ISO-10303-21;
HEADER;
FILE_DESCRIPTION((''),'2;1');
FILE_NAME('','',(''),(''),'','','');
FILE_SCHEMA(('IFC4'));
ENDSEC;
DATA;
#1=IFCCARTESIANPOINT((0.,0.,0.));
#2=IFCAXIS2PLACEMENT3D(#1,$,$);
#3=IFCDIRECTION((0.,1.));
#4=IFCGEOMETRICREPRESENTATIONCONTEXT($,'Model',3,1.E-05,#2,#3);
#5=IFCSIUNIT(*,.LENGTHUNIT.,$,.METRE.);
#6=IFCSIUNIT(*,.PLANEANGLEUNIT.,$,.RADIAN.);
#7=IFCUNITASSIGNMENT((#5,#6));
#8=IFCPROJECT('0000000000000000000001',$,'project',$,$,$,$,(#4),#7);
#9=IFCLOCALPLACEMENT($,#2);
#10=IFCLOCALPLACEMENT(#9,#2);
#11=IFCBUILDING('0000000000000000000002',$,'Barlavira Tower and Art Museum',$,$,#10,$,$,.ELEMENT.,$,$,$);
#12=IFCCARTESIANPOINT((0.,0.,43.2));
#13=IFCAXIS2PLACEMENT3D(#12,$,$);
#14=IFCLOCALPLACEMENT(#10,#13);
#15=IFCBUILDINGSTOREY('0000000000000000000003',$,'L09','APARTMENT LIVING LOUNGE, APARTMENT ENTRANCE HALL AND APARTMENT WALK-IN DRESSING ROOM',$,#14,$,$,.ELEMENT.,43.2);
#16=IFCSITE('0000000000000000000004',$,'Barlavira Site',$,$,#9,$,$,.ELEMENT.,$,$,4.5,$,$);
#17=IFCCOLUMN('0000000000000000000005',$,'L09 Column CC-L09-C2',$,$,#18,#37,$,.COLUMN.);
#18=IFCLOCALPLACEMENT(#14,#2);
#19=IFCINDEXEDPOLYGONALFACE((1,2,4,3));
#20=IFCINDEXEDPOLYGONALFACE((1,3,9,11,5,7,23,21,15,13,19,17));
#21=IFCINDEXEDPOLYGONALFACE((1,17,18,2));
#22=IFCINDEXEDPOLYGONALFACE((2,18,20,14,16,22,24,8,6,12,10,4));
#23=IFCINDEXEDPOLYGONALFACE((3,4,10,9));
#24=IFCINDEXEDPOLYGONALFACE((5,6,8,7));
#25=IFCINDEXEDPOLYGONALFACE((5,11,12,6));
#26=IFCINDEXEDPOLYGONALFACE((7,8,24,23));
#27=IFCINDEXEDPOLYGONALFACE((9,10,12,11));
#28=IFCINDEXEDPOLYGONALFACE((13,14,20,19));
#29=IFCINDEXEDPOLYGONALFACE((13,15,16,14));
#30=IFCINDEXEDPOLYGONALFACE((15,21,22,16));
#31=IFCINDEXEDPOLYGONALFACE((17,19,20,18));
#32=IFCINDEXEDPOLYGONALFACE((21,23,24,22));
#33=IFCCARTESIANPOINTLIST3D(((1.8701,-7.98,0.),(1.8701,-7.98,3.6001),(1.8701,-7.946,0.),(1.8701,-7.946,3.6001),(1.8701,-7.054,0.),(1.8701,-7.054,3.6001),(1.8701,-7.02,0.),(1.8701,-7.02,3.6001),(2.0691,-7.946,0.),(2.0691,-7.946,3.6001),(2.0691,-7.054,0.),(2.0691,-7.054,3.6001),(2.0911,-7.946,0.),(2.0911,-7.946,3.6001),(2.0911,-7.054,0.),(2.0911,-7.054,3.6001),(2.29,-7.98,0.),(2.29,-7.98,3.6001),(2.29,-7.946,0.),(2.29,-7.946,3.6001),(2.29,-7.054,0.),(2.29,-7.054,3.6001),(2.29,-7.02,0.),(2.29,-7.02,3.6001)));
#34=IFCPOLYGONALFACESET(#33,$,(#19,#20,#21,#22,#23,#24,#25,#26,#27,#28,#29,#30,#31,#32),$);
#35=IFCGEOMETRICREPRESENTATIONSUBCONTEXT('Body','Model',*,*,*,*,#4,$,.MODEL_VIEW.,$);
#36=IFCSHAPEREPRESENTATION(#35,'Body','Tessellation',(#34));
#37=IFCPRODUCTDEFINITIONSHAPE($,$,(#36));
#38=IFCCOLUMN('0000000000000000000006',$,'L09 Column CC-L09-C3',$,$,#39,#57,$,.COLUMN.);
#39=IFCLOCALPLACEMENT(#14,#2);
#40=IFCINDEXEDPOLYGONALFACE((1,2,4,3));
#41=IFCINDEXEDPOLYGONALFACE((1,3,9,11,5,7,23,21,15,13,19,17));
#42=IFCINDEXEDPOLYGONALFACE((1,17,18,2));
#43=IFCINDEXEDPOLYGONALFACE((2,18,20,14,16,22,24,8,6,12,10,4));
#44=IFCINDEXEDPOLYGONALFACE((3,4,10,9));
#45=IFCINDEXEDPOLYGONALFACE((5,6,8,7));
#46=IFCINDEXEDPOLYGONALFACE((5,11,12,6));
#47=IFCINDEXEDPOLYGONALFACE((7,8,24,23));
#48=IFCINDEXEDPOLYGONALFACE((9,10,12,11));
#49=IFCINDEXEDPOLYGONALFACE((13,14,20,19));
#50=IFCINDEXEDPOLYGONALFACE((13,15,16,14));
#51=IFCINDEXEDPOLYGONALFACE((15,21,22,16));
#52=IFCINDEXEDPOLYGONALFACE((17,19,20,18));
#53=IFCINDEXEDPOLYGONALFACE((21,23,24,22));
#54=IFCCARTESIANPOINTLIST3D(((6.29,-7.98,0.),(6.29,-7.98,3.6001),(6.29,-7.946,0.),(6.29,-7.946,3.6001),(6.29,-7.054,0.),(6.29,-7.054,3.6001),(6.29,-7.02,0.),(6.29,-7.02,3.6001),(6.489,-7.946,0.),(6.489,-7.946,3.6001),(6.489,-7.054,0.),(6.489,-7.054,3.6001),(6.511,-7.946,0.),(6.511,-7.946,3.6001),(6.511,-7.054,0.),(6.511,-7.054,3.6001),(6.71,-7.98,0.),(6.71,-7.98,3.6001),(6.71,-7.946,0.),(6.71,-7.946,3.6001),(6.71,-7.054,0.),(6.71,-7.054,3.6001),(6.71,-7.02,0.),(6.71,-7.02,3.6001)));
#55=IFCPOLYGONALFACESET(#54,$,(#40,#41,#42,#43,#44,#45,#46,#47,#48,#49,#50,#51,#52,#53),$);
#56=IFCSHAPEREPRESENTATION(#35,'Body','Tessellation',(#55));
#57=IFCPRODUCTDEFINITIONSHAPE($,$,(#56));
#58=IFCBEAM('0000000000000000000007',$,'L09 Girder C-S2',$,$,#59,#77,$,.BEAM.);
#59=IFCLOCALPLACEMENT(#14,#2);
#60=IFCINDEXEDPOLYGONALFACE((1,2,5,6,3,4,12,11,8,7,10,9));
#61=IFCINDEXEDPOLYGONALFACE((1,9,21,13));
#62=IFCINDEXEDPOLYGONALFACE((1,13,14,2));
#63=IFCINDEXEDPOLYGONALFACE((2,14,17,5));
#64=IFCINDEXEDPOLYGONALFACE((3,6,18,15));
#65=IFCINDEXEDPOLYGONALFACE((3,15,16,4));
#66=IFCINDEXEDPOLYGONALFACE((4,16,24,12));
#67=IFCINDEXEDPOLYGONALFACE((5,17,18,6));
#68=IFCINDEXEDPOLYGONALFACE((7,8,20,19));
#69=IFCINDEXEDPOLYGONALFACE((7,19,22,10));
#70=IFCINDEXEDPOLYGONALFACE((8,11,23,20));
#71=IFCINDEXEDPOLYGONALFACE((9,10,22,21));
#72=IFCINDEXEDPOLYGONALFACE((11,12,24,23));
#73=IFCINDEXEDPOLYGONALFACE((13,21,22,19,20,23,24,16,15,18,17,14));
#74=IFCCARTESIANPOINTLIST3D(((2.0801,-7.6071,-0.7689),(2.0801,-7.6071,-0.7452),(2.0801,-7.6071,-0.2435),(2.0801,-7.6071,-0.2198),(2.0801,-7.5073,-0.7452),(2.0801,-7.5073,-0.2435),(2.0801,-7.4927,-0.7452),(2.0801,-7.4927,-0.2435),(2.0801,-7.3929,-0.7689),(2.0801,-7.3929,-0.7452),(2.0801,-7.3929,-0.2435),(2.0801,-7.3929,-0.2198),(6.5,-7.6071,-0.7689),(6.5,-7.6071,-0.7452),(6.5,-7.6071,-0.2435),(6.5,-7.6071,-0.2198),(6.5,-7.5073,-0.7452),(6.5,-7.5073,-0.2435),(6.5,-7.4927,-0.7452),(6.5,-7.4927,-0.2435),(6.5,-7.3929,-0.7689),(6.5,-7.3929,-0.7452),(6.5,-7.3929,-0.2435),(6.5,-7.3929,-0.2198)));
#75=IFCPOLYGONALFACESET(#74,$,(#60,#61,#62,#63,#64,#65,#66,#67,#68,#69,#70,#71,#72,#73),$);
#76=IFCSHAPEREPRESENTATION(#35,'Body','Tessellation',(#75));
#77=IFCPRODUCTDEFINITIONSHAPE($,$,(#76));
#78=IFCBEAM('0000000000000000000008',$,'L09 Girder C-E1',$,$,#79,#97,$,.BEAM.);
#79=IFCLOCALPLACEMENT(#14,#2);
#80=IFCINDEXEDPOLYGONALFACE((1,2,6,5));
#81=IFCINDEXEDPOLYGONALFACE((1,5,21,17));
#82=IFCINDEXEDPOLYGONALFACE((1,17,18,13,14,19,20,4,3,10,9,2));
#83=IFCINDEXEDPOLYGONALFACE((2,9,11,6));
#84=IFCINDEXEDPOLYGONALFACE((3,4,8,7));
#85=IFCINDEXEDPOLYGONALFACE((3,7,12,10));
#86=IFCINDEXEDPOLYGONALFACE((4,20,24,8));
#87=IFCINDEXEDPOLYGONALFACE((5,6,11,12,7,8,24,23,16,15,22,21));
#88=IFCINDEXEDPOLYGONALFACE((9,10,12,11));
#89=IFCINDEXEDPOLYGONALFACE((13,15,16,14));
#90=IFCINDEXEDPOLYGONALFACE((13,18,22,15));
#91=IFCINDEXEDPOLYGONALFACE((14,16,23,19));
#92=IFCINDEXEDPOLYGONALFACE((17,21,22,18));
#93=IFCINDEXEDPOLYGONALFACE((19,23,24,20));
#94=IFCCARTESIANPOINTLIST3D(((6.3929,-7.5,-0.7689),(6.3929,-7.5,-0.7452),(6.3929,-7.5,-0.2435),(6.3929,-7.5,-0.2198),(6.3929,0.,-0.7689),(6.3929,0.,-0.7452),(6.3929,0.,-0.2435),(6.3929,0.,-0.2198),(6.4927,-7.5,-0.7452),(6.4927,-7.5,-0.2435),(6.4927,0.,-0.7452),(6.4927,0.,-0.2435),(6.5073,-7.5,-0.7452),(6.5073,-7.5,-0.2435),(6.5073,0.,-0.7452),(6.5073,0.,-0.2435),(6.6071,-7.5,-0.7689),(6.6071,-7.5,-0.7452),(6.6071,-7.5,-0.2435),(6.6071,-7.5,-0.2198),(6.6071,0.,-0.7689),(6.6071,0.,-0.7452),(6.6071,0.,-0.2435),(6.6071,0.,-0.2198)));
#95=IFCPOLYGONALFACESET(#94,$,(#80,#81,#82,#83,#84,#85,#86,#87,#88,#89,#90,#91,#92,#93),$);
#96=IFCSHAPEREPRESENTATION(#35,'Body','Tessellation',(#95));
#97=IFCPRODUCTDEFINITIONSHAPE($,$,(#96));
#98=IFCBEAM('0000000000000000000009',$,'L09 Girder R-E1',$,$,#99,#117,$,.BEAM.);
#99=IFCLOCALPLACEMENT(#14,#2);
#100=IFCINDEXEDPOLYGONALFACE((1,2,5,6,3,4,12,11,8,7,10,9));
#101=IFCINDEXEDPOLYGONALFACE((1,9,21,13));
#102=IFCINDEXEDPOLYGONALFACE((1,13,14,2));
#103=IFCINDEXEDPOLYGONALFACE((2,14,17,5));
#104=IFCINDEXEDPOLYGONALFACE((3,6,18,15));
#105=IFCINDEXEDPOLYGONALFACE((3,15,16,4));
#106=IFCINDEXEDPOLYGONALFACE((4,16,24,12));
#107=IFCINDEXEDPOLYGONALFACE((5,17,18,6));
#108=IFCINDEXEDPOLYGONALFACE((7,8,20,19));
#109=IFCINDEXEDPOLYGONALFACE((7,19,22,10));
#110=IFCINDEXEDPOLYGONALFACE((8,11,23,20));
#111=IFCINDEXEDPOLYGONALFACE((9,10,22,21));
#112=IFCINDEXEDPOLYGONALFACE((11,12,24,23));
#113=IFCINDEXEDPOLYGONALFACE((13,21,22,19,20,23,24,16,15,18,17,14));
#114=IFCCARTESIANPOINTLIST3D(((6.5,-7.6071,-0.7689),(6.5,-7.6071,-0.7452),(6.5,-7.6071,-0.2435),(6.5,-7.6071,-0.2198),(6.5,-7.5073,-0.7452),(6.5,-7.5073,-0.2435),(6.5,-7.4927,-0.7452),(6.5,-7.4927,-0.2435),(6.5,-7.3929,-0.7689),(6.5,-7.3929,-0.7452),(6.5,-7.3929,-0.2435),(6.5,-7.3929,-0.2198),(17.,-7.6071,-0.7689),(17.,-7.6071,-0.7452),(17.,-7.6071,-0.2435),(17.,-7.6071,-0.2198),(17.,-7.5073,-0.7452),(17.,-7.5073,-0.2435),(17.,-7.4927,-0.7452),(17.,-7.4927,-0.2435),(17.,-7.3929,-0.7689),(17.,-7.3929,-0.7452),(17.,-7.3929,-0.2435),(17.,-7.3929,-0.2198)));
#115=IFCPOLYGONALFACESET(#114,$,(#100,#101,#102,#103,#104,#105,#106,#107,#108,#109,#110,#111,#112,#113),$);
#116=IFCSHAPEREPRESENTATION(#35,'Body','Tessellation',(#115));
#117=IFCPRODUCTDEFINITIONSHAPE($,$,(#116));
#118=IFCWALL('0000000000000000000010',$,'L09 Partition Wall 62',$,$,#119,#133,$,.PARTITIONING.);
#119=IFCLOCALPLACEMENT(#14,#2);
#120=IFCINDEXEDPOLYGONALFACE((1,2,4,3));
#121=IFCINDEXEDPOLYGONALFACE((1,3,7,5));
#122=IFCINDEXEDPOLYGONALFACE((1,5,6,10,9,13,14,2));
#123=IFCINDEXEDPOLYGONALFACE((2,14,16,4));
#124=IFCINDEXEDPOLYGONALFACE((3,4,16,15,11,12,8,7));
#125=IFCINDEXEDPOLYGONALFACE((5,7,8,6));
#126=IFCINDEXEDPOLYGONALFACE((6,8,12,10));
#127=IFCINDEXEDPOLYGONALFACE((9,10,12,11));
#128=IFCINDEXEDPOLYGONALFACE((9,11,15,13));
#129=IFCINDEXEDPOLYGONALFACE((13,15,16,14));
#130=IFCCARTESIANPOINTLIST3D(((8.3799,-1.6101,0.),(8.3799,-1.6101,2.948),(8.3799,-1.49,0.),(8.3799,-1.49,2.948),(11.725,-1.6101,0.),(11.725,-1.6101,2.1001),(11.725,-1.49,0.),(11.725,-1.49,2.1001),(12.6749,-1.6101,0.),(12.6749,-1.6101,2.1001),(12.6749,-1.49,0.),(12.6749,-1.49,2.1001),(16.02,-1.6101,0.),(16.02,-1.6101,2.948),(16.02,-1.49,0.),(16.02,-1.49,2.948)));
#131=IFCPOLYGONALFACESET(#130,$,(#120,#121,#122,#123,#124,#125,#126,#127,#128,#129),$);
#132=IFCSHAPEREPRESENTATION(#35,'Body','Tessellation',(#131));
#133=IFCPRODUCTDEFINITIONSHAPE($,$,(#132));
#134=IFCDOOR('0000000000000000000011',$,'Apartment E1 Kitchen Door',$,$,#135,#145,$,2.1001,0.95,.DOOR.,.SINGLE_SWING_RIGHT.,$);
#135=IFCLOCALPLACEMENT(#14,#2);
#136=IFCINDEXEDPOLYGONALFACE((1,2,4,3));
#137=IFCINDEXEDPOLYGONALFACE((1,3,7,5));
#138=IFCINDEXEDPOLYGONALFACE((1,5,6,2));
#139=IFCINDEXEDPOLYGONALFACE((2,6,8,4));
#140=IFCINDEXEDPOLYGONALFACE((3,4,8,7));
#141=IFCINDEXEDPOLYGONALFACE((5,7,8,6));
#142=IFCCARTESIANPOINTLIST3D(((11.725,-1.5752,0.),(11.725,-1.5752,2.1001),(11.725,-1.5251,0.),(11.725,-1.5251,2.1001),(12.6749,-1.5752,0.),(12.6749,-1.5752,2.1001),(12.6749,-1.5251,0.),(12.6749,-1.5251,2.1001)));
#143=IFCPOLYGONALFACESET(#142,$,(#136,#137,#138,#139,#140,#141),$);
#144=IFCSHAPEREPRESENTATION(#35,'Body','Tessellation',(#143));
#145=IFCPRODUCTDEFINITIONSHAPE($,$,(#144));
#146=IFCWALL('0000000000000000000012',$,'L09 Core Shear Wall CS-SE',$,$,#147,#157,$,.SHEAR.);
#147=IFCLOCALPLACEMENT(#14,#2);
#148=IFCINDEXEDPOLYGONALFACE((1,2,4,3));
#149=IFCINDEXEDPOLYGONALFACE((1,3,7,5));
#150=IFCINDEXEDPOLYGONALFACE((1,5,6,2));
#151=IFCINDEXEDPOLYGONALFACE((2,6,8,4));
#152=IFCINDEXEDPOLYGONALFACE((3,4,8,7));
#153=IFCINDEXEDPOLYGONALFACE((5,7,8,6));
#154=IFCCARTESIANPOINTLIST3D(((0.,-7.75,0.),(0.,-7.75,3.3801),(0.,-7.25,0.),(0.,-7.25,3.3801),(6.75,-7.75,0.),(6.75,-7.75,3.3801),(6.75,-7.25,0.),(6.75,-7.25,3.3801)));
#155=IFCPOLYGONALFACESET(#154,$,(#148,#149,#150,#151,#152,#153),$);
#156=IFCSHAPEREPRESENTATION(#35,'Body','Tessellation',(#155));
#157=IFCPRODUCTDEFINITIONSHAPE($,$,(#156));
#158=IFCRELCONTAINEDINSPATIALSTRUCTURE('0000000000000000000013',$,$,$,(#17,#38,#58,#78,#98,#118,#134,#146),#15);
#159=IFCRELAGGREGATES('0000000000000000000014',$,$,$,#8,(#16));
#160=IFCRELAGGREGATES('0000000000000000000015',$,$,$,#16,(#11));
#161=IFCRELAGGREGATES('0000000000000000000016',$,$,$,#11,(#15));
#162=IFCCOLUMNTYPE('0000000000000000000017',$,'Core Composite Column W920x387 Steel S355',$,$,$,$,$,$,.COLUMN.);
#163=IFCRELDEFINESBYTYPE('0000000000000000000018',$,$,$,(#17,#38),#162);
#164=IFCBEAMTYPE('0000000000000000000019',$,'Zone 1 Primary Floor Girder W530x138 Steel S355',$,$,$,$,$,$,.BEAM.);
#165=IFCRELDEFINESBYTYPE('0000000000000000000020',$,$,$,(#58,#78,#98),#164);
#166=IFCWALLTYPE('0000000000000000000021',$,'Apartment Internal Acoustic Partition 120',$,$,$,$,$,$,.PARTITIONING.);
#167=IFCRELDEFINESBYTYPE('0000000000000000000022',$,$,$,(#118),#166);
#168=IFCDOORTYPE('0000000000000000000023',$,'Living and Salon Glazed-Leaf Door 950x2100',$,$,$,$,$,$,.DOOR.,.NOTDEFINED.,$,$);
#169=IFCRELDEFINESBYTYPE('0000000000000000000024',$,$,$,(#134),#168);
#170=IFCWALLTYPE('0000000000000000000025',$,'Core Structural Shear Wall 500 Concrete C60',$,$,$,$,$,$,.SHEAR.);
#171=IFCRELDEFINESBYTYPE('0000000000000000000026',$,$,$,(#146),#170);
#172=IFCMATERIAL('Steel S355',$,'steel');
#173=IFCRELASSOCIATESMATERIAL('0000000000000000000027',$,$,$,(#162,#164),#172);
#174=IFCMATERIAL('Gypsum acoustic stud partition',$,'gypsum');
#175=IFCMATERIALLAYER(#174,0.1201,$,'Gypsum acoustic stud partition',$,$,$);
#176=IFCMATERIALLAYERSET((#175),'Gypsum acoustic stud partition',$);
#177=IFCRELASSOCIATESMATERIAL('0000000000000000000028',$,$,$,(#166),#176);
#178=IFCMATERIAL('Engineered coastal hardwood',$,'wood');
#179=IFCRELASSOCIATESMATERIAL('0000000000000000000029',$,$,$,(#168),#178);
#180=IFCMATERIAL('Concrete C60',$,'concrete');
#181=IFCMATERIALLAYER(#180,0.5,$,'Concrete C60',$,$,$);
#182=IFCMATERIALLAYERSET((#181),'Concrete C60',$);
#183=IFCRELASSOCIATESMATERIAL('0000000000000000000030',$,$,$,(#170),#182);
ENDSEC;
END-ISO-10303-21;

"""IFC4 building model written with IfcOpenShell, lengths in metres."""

from ifc_helpers import new_model, si_unit, direction, frame, frame_2d, origin, origin_2d, place, context, subcontext, project, spatial, rectangle, i_section, extrude, material, layer, layer_set, material_profile, profile_set, type_object, element, fill, save


model = new_model("IFC4")

# Units and contexts
model_context = context("Model", 3, precision=1e-05, world=origin(), true_north=direction((0.0, 1.0)))
body_context = subcontext(model_context, "Body", "Model", "MODEL_VIEW")
ifc_project = project(units=[si_unit("LENGTHUNIT", "METRE"), si_unit("PLANEANGLEUNIT", "RADIAN")], contexts=[model_context])

# Site, building, storey
site_placement = place(None, origin())
site = spatial("IfcSite", under=ifc_project, at=site_placement, Name="Barlavira Site", CompositionType="ELEMENT", RefElevation=4.5)
building_placement = place(site_placement, origin())
building = spatial("IfcBuilding", under=site, at=building_placement, Name="Barlavira Tower and Art Museum", CompositionType="ELEMENT")
storey_placement = place(building_placement, frame((0.0, 0.0, 43.2)))
storey = spatial("IfcBuildingStorey", under=building, at=storey_placement, Name="L09", Description="APARTMENT LIVING LOUNGE, APARTMENT ENTRANCE HALL AND APARTMENT WALK-IN DRESSING ROOM", CompositionType="ELEMENT", Elevation=43.2)

# Columns
ifc_material_1 = material(Name="Steel S355", Category="steel")
ifc_material_profile_1 = material_profile(ifc_material_1, i_section(OverallWidth=0.4199, OverallDepth=0.96, WebThickness=0.022, FlangeThickness=0.0339, at=origin_2d()), Name="W920x387.0")
ifc_profile_set_1 = profile_set([ifc_material_profile_1], Name="Steel S355")
column_type = type_object("IfcColumnType", Name="Core Composite Column W920x387 Steel S355", PredefinedType="COLUMN", material=ifc_profile_set_1)
for number, where, z_axis, x_axis, name in (
    (1, (2.0801, -7.5, 0.0), (0.0, 0.0, 1.0), (1.0, 0.0, 0.0), "L09 Column CC-L09-C2"),
    (2, (6.5, -7.5, 0.0), (0.0, 0.0, 1.0), (1.0, 0.0, 0.0), "L09 Column CC-L09-C3"),
):
    element("IfcColumn", number, at=place(storey_placement, frame(where, z_axis=z_axis, x_axis=x_axis)), inside=storey, type_object=column_type, Name=name, PredefinedType="COLUMN", context=body_context, shape_type="SweptSolid", body=[
        extrude(i_section(OverallWidth=0.4199, OverallDepth=0.96, WebThickness=0.022, FlangeThickness=0.0339, at=origin_2d()), origin(), (0.0, 0.0, 1.0), 3.6001),
    ])

# Beams
ifc_material_profile_2 = material_profile(ifc_material_1, i_section(OverallWidth=0.2141, OverallDepth=0.5491, WebThickness=0.0146, FlangeThickness=0.0237, at=origin_2d()), Name="W530x138.0")
ifc_profile_set_2 = profile_set([ifc_material_profile_2], Name="Steel S355")
beam_type = type_object("IfcBeamType", Name="Zone 1 Primary Floor Girder W530x138 Steel S355", PredefinedType="BEAM", material=ifc_profile_set_2)
beam_1_placement = place(storey_placement, frame((2.0801, -7.5, -0.4944), z_axis=(1.0, 0.0, 0.0), x_axis=(0.0, 1.0, 0.0)))
element("IfcBeam", 3, at=beam_1_placement, inside=storey, type_object=beam_type, Name="L09 Girder C-S2", PredefinedType="BEAM", context=body_context, shape_type="SweptSolid", body=[
    extrude(i_section(OverallWidth=0.2141, OverallDepth=0.5491, WebThickness=0.0146, FlangeThickness=0.0237, at=origin_2d()), origin(), (0.0, 0.0, 1.0), 4.4199),
])
beam_2_placement = place(storey_placement, frame((6.5, -7.5, -0.4944), z_axis=(0.0, 1.0, 0.0), x_axis=(-1.0, 0.0, 0.0)))
element("IfcBeam", 4, at=beam_2_placement, inside=storey, type_object=beam_type, Name="L09 Girder C-E1", PredefinedType="BEAM", context=body_context, shape_type="SweptSolid", body=[
    extrude(i_section(OverallWidth=0.2141, OverallDepth=0.5491, WebThickness=0.0146, FlangeThickness=0.0237, at=origin_2d()), origin(), (0.0, 0.0, 1.0), 7.5),
])
beam_3_placement = place(storey_placement, frame((6.5, -7.5, -0.4944), z_axis=(1.0, 0.0, 0.0), x_axis=(0.0, 1.0, 0.0)))
element("IfcBeam", 5, at=beam_3_placement, inside=storey, type_object=beam_type, Name="L09 Girder R-E1", PredefinedType="BEAM", context=body_context, shape_type="SweptSolid", body=[
    extrude(i_section(OverallWidth=0.2141, OverallDepth=0.5491, WebThickness=0.0146, FlangeThickness=0.0237, at=origin_2d()), origin(), (0.0, 0.0, 1.0), 10.5),
])

# Wall, opening, door
ifc_material_2 = material(Name="Gypsum acoustic stud partition", Category="gypsum")
ifc_layer_1 = layer(ifc_material_2, 0.1201, Name="Gypsum acoustic stud partition")
ifc_layer_set_1 = layer_set([ifc_layer_1], Name="Gypsum acoustic stud partition")
wall_type_1 = type_object("IfcWallType", Name="Apartment Internal Acoustic Partition 120", PredefinedType="PARTITIONING", material=ifc_layer_set_1)
wall_1_placement = place(storey_placement, frame((8.3799, -1.55, 0.0), z_axis=(0.0, 0.0, 1.0), x_axis=(1.0, 0.0, 0.0)))
wall_1 = element("IfcWall", 6, at=wall_1_placement, inside=storey, type_object=wall_type_1, Name="L09 Partition Wall 62", PredefinedType="PARTITIONING", context=body_context, shape_type="SweptSolid", body=[
    extrude(rectangle(XDim=7.6401, YDim=0.1201, at=frame_2d((3.8201, 0.0))), origin(), (0.0, 0.0, 1.0), 2.948),
])
opening_1_placement = place(wall_1_placement, frame((3.345, 0.0, 0.0)))
opening_1 = element("IfcOpeningElement", 7, at=opening_1_placement, cuts=wall_1, PredefinedType="OPENING", context=body_context, shape_type="SweptSolid", body=[
    extrude(rectangle(XDim=0.95, YDim=2.1001, at=frame_2d((0.4751, 1.05))), frame((0.0, 0.0701, 0.0), z_axis=(0.0, -1.0, 0.0), x_axis=(1.0, 0.0, 0.0)), (0.0, 0.0, 1.0), 0.1401),
])
ifc_material_3 = material(Name="Engineered coastal hardwood", Category="wood")
door_type_1 = type_object("IfcDoorType", Name="Living and Salon Glazed-Leaf Door 950x2100", OperationType="NOTDEFINED", PredefinedType="DOOR", material=ifc_material_3)
door_1_placement = place(opening_1_placement, origin())
door_1 = element("IfcDoor", 8, at=door_1_placement, inside=storey, type_object=door_type_1, Name="Apartment E1 Kitchen Door", OperationType="SINGLE_SWING_RIGHT", OverallHeight=2.1001, OverallWidth=0.95, PredefinedType="DOOR", context=body_context, shape_type="SweptSolid", body=[
    extrude(rectangle(XDim=0.95, YDim=2.1001, at=frame_2d((0.4751, 1.05))), frame((0.0, 0.0249, 0.0), z_axis=(0.0, -1.0, 0.0), x_axis=(1.0, 0.0, 0.0)), (0.0, 0.0, 1.0), 0.05),
])
fill(opening_1, door_1)

# Wall
ifc_material_4 = material(Name="Concrete C60", Category="concrete")
ifc_layer_2 = layer(ifc_material_4, 0.5, Name="Concrete C60")
ifc_layer_set_2 = layer_set([ifc_layer_2], Name="Concrete C60")
wall_type_2 = type_object("IfcWallType", Name="Core Structural Shear Wall 500 Concrete C60", PredefinedType="SHEAR", material=ifc_layer_set_2)
wall_2_placement = place(storey_placement, frame((0.0, -7.5, 0.0), z_axis=(0.0, 0.0, 1.0), x_axis=(1.0, 0.0, 0.0)))
element("IfcWall", 9, at=wall_2_placement, inside=storey, type_object=wall_type_2, Name="L09 Core Shear Wall CS-SE", PredefinedType="SHEAR", context=body_context, shape_type="SweptSolid", body=[
    extrude(rectangle(XDim=6.75, YDim=0.5, at=frame_2d((3.375, 0.0))), origin(), (0.0, 0.0, 1.0), 3.3801),
])

save(model, "model.ifc")
